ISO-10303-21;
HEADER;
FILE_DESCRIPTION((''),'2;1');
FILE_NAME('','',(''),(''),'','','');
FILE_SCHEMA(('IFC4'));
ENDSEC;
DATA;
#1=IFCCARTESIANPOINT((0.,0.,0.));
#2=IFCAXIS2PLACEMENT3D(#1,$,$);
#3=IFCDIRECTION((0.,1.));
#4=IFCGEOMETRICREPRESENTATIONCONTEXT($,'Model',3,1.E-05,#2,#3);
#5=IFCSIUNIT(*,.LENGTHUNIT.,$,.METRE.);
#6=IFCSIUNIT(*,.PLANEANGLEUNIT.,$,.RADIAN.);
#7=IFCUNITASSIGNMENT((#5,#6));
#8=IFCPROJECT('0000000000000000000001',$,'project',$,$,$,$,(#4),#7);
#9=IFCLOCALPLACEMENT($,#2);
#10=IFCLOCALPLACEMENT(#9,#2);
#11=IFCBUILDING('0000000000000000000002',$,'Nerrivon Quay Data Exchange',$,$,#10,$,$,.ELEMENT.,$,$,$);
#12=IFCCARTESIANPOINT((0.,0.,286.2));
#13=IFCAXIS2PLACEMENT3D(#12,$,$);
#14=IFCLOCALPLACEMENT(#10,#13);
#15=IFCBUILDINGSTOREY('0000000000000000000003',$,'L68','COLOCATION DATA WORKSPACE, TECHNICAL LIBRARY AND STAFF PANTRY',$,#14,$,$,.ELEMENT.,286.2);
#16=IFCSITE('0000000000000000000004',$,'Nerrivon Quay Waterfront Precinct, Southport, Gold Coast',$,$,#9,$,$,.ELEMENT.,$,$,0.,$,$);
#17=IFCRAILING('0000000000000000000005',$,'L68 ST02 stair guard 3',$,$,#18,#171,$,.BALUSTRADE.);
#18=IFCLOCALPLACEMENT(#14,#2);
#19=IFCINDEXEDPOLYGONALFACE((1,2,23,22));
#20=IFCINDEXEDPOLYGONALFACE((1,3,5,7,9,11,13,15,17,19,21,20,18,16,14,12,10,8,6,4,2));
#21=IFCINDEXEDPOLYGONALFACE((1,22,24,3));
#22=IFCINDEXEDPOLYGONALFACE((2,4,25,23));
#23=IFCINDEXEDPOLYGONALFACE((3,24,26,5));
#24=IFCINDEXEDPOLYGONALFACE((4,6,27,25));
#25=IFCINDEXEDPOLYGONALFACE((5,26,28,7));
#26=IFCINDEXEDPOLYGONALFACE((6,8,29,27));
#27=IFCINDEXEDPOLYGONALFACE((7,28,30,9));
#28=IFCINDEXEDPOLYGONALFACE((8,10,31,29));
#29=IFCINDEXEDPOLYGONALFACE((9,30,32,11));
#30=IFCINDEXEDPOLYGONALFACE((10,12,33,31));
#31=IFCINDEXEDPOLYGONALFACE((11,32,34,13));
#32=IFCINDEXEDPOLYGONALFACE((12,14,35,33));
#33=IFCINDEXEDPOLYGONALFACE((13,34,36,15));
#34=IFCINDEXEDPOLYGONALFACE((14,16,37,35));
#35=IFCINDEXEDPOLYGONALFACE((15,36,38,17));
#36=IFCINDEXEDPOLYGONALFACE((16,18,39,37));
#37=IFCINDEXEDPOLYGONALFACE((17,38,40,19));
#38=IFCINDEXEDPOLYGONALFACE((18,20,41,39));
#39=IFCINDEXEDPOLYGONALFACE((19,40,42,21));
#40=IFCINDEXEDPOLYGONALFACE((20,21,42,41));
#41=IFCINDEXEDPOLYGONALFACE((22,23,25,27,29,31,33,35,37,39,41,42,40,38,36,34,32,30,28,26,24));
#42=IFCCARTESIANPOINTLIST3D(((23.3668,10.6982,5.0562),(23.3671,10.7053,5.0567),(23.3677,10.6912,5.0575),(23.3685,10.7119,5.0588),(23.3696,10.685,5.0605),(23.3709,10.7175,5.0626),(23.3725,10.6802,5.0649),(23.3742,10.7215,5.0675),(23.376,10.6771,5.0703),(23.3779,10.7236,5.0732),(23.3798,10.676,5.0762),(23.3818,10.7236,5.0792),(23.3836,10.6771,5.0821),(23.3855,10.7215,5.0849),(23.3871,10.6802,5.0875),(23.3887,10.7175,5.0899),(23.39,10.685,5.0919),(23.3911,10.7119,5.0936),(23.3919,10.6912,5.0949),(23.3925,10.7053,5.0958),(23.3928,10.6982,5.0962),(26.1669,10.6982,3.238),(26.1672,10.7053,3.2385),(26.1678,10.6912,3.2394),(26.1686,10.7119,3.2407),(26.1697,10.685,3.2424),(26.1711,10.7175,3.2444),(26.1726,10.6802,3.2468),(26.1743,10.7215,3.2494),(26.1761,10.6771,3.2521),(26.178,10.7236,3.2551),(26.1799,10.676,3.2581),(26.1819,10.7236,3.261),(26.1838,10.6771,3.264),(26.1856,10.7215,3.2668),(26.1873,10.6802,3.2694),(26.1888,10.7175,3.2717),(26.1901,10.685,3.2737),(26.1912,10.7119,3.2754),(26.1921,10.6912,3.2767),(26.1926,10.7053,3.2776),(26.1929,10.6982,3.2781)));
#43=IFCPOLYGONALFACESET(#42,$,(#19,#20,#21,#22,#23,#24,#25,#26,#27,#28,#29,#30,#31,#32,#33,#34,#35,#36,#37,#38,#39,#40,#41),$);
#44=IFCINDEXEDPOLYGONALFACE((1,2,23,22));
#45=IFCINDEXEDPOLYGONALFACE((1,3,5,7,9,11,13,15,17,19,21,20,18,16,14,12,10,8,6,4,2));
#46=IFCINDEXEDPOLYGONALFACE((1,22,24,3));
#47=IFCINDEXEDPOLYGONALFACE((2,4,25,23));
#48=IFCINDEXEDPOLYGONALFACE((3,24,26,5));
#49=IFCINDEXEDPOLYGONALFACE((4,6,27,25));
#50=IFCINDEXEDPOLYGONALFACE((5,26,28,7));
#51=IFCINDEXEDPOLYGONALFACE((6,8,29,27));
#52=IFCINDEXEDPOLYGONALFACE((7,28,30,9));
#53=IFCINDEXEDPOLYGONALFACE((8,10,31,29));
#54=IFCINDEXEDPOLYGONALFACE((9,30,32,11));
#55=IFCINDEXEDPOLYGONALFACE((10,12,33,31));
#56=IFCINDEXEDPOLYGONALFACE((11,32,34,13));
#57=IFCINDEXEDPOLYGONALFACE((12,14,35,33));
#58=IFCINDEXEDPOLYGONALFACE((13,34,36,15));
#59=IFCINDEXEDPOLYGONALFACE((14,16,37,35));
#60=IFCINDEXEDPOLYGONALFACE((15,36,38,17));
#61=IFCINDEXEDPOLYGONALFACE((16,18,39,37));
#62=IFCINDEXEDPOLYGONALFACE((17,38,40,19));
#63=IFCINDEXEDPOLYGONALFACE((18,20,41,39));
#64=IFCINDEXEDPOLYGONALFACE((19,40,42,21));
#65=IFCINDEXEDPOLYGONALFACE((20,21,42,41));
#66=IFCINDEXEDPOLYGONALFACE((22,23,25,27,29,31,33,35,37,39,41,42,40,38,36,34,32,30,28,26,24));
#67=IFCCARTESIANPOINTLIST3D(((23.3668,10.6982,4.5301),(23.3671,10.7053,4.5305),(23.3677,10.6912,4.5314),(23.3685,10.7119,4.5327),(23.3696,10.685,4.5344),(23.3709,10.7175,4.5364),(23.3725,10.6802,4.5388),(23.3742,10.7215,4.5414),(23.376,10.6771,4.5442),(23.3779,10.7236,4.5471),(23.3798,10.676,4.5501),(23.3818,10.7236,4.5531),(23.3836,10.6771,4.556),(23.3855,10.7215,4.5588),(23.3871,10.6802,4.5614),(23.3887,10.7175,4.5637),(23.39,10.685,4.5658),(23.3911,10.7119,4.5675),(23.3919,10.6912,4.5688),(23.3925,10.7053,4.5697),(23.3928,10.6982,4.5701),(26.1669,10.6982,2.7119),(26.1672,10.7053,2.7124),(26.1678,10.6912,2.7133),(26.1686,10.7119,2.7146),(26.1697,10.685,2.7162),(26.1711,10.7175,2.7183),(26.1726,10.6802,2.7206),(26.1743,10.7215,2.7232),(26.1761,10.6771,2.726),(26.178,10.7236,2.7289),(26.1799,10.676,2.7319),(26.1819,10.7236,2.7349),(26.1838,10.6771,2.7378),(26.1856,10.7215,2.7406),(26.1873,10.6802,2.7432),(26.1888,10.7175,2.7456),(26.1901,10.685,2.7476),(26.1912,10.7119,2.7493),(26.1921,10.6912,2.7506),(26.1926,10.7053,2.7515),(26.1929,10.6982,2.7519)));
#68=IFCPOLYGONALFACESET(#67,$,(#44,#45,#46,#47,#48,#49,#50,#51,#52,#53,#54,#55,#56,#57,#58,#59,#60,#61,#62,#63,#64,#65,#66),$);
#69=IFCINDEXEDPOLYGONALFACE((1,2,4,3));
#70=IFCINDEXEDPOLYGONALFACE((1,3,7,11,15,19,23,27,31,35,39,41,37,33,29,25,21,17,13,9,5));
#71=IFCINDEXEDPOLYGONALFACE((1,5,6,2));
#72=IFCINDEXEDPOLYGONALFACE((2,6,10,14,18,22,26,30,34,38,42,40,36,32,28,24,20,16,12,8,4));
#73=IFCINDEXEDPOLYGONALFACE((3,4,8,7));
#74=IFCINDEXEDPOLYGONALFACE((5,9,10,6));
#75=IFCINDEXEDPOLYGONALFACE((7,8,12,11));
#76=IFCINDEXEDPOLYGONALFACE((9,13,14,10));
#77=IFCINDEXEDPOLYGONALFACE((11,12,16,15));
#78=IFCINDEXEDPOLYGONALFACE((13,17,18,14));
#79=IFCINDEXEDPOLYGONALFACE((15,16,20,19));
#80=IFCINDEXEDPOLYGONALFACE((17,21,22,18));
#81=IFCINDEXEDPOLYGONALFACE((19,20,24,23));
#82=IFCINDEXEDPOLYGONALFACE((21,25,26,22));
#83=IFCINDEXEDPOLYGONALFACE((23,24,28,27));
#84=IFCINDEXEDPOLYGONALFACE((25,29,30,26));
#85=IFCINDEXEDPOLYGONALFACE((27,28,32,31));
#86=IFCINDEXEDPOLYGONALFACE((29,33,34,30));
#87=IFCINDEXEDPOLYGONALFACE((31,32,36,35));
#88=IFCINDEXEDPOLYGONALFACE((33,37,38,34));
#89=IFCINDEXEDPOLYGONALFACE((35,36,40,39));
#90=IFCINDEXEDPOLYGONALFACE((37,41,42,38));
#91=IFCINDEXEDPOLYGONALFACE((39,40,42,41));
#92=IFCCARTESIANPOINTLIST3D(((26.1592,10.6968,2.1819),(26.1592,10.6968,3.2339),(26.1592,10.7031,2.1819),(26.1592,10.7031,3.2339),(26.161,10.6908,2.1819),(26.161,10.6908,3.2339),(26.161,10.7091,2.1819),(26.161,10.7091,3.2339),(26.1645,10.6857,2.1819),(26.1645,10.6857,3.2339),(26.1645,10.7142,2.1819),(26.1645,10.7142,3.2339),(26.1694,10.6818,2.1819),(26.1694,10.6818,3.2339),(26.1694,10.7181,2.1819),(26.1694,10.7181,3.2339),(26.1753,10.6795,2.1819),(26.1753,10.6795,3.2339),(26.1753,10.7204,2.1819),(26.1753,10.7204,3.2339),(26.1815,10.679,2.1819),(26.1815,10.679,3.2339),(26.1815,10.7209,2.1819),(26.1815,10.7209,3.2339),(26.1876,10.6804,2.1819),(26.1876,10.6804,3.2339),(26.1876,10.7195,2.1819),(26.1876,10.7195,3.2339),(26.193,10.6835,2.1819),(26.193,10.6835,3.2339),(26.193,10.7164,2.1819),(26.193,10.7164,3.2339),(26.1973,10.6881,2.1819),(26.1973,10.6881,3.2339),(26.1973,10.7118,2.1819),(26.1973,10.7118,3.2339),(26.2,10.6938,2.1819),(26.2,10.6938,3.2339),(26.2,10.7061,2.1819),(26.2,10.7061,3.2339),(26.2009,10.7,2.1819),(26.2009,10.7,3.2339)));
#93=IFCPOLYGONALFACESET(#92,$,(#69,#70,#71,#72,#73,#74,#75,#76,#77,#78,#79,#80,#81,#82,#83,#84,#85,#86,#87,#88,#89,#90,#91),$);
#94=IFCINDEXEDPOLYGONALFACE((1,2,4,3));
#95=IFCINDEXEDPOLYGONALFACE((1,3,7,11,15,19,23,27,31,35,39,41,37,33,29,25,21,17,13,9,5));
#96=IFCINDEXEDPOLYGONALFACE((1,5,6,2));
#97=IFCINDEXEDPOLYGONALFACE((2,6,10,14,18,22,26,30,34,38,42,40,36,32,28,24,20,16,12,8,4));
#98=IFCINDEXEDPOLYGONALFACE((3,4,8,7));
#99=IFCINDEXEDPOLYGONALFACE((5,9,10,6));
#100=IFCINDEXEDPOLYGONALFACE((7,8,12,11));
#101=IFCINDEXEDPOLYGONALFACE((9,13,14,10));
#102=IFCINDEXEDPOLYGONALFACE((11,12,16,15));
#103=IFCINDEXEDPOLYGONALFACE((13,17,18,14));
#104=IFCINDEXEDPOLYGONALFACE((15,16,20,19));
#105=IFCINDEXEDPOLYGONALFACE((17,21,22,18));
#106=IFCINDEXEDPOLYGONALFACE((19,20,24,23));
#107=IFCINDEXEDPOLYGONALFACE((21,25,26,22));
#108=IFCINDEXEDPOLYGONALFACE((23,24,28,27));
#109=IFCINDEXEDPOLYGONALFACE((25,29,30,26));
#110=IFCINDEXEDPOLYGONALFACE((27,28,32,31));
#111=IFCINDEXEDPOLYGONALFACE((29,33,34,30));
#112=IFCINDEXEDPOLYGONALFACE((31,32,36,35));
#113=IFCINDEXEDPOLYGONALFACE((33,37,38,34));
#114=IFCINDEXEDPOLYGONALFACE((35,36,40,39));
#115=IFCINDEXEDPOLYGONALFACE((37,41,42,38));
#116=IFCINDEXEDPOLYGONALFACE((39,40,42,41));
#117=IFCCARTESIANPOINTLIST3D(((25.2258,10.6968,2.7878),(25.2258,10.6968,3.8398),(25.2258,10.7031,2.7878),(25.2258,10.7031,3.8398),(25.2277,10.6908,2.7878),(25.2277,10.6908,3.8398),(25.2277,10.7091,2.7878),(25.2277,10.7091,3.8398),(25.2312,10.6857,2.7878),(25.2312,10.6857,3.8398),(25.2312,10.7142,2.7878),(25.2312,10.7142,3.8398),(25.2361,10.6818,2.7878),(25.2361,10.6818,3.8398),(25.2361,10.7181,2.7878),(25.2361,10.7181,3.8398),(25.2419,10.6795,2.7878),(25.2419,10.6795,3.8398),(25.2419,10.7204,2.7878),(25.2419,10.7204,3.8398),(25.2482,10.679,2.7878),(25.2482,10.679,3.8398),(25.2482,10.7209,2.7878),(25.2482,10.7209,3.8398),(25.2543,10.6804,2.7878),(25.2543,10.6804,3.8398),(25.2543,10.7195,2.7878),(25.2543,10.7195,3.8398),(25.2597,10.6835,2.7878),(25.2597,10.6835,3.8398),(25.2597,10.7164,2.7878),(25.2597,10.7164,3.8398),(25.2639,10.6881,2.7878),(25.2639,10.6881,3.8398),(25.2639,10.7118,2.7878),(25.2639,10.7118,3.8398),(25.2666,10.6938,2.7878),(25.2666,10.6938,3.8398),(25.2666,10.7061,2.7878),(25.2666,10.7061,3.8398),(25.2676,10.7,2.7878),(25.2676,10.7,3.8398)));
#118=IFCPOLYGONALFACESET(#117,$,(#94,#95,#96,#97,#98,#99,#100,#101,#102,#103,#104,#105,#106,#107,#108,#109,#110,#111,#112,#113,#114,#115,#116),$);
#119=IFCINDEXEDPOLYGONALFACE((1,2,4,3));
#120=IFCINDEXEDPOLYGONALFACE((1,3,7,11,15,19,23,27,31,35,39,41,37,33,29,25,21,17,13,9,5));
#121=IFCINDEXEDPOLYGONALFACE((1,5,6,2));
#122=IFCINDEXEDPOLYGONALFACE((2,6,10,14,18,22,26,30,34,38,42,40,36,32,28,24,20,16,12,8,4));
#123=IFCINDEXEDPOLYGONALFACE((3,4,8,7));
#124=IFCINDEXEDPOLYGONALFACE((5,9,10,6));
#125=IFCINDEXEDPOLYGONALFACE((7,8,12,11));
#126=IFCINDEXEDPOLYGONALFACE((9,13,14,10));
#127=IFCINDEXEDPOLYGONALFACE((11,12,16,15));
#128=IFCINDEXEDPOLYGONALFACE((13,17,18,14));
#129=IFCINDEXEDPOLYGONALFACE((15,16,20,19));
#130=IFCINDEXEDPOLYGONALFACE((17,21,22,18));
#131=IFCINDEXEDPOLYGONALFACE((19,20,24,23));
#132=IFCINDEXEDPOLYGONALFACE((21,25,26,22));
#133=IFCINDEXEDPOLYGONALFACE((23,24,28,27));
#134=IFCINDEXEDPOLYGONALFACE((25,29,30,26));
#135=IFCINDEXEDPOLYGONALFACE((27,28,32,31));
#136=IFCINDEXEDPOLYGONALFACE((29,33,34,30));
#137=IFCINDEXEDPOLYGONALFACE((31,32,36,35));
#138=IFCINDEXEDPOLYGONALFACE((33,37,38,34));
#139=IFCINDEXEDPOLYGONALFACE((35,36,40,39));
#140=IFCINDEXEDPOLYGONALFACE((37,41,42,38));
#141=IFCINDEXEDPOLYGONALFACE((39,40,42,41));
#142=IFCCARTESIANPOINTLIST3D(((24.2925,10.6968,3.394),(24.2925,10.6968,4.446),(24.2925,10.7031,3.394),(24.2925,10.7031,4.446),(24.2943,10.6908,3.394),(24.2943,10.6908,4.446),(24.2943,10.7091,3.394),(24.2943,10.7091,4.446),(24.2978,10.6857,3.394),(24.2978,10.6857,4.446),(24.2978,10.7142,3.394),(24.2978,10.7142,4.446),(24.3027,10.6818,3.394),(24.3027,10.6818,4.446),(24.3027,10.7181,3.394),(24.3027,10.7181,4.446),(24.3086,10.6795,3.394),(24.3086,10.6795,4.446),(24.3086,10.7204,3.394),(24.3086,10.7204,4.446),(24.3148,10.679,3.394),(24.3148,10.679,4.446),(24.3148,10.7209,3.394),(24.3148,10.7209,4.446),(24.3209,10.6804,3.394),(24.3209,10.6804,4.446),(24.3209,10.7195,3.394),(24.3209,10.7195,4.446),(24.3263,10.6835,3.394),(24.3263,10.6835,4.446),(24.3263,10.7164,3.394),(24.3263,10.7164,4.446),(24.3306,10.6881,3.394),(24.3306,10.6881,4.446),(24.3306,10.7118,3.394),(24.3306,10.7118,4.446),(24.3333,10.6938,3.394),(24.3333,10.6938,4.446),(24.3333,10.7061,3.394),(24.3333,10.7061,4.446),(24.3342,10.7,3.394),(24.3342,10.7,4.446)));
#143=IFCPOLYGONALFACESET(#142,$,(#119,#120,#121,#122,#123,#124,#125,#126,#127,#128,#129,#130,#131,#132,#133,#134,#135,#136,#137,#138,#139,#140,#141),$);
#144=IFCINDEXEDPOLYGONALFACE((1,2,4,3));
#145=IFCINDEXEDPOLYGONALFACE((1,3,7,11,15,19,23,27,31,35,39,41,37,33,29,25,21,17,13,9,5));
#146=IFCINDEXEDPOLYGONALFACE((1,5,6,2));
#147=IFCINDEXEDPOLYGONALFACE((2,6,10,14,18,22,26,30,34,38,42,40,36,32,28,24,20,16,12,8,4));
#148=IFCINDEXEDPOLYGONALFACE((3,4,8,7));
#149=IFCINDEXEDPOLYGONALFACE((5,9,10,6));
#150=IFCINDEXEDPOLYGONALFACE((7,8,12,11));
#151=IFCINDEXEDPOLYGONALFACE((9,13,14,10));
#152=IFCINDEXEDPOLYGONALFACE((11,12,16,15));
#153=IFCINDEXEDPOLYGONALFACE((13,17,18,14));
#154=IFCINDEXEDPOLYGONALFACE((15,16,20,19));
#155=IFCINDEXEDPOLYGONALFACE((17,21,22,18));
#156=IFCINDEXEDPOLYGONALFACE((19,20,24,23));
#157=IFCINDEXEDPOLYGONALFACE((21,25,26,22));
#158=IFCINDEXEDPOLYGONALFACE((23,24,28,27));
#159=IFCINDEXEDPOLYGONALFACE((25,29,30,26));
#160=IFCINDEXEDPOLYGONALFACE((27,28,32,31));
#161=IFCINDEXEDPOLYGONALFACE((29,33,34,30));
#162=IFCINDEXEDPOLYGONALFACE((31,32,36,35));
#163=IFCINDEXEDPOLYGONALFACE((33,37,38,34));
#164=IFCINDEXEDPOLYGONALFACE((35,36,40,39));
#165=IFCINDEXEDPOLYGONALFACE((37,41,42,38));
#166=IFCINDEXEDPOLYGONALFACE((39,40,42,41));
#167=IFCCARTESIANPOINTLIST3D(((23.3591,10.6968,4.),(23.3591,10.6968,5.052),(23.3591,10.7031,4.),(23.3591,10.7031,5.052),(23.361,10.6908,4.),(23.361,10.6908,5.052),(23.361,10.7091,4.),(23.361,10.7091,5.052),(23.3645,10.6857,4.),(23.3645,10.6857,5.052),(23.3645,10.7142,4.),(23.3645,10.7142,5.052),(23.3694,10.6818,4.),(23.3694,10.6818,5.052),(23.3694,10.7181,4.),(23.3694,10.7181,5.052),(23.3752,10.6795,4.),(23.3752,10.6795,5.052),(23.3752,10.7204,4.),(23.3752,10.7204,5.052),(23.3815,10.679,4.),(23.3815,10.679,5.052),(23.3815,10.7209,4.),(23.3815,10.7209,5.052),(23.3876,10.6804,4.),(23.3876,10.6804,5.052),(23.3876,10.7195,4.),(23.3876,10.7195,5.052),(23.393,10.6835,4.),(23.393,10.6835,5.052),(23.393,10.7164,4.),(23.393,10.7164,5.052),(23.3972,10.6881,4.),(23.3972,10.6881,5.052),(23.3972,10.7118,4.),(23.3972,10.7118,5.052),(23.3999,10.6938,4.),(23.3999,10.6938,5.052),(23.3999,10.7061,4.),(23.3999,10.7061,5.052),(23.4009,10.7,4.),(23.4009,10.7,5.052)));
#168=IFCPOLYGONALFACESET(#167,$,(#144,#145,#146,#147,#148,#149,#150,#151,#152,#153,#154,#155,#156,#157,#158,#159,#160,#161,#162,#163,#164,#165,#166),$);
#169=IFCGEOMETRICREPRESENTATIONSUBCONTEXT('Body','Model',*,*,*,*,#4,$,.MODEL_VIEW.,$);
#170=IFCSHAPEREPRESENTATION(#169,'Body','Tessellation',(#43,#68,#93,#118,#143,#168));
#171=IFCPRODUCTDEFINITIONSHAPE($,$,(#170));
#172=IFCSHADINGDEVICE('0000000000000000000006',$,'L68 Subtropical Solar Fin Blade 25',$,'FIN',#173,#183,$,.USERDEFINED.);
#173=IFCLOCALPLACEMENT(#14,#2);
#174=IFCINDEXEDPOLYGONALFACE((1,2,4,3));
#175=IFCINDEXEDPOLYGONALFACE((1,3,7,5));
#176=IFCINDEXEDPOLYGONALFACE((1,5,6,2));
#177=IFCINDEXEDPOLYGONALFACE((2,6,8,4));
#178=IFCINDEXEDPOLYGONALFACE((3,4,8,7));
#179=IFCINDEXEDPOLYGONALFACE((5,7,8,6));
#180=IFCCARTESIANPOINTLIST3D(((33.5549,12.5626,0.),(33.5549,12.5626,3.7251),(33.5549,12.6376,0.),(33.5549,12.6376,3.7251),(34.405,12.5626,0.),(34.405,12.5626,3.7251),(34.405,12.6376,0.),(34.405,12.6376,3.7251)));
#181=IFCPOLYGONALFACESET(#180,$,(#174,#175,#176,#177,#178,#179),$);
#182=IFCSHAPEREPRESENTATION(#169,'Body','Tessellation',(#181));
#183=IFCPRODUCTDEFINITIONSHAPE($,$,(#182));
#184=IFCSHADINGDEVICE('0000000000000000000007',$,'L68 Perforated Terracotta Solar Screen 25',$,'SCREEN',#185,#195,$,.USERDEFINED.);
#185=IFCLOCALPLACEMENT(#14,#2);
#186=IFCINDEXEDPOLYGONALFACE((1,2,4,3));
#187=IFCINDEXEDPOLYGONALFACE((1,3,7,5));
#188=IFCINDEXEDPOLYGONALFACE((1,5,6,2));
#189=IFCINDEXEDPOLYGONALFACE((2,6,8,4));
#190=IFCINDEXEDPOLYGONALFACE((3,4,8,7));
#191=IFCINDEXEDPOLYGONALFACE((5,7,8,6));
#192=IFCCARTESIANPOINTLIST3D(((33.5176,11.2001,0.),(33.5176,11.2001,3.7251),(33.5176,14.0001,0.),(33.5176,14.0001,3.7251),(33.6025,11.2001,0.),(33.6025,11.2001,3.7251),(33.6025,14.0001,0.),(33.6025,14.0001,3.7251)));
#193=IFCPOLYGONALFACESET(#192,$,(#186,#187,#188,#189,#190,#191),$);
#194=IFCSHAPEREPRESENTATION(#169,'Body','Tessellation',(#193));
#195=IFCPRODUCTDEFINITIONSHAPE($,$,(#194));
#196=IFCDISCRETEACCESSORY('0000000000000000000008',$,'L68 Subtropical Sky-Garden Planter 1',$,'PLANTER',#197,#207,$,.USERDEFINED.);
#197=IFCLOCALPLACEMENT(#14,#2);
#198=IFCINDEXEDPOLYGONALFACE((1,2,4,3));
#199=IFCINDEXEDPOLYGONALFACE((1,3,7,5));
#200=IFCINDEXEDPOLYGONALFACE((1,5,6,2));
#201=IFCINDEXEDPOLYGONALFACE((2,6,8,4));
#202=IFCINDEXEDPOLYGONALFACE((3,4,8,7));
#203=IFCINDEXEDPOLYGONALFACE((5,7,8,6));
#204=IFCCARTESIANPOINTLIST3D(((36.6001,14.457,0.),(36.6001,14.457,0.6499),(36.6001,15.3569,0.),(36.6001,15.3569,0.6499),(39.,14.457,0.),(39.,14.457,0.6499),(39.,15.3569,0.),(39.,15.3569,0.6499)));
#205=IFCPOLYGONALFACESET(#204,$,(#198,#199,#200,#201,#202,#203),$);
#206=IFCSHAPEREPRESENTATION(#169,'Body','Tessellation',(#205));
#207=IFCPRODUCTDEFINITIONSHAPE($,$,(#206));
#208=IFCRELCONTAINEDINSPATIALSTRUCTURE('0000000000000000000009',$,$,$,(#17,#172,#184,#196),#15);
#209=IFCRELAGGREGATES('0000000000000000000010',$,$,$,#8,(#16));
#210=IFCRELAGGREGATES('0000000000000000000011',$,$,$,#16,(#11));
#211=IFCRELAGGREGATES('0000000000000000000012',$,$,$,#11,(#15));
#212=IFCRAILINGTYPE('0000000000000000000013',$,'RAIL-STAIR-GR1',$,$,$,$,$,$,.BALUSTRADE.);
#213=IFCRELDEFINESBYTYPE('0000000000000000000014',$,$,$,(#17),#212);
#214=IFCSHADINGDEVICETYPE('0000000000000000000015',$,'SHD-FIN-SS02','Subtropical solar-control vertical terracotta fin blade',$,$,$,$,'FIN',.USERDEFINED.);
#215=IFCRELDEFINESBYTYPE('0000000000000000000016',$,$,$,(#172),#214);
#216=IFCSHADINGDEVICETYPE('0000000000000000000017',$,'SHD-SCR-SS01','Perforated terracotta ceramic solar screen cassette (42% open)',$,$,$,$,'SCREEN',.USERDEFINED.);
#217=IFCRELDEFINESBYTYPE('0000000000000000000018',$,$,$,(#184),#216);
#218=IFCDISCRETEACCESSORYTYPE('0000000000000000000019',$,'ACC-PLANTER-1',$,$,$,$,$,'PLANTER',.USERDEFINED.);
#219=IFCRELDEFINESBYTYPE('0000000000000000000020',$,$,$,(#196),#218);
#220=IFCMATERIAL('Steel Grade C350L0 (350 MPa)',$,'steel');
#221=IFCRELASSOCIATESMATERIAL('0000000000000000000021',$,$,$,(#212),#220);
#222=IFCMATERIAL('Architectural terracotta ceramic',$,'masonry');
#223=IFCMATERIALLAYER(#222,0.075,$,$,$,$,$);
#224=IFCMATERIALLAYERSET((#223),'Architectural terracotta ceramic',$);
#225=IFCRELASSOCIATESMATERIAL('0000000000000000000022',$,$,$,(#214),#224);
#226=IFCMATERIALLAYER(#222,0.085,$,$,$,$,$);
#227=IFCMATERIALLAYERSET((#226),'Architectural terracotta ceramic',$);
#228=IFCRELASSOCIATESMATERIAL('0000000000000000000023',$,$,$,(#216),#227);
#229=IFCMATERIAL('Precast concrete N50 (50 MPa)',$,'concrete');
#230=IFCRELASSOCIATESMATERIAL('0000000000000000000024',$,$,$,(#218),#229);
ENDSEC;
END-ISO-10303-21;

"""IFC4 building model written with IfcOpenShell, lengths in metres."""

from ifc_helpers import new_model, si_unit, direction, frame, origin, origin_2d, place, context, subcontext, project, spatial, rectangle, circle, extrude, material, layer, layer_set, type_object, element, save


model = new_model("IFC4")

# Units and contexts
model_context = context("Model", 3, precision=1e-05, world=origin(), true_north=direction((0.0, 1.0)))
body_context = subcontext(model_context, "Body", "Model", "MODEL_VIEW")
ifc_project = project(units=[si_unit("LENGTHUNIT", "METRE"), si_unit("PLANEANGLEUNIT", "RADIAN")], contexts=[model_context])

# Site, building, storey
site_placement = place(None, origin())
site = spatial("IfcSite", under=ifc_project, at=site_placement, Name="Nerrivon Quay Waterfront Precinct, Southport, Gold Coast", CompositionType="ELEMENT", RefElevation=0.0)
building_placement = place(site_placement, origin())
building = spatial("IfcBuilding", under=site, at=building_placement, Name="Nerrivon Quay Data Exchange", CompositionType="ELEMENT")
storey_placement = place(building_placement, frame((0.0, 0.0, 286.2)))
storey = spatial("IfcBuildingStorey", under=building, at=storey_placement, Name="L68", Description="COLOCATION DATA WORKSPACE, TECHNICAL LIBRARY AND STAFF PANTRY", CompositionType="ELEMENT", Elevation=286.2)

# Shared definitions
ifc_material_1 = material(Name="Steel Grade C350L0 (350 MPa)", Category="steel")

# Railing
railing_type_1 = type_object("IfcRailingType", Name="RAIL-STAIR-GR1", PredefinedType="BALUSTRADE", material=ifc_material_1)
railing_1_placement = place(storey_placement, frame((26.1799, 10.7, 2.1819)))
element("IfcRailing", 1, at=railing_1_placement, inside=storey, type_object=railing_type_1, Name="L68 ST02 stair guard 3", PredefinedType="BALUSTRADE", context=body_context, shape_type="SweptSolid", body=[
    extrude(circle(Radius=0.0239, at=origin_2d()), frame((0.0, 0.0, 1.0762), z_axis=(-0.838706, 0.0, 0.544585), x_axis=(0.0, -1.0, 0.0)), (0.0, 0.0, 1.0), 3.3386),
    extrude(circle(Radius=0.0239, at=origin_2d()), frame((0.0, 0.0, 0.55), z_axis=(-0.838706, 0.0, 0.544585), x_axis=(0.0, -1.0, 0.0)), (0.0, 0.0, 1.0), 3.3386),
    extrude(circle(Radius=0.021, at=origin_2d()), origin(), (0.0, 0.0, 1.0), 1.052),
    extrude(circle(Radius=0.021, at=origin_2d()), frame((-0.9333, 0.0, 0.606)), (0.0, 0.0, 1.0), 1.052),
    extrude(circle(Radius=0.021, at=origin_2d()), frame((-1.8667, 0.0, 1.2122)), (0.0, 0.0, 1.0), 1.052),
    extrude(circle(Radius=0.021, at=origin_2d()), frame((-2.8, 0.0, 1.8181)), (0.0, 0.0, 1.0), 1.052),
])

# Shading devices
ifc_material_2 = material(Name="Architectural terracotta ceramic", Category="masonry")
ifc_layer_1 = layer(ifc_material_2, 0.075)
ifc_layer_set_1 = layer_set([ifc_layer_1], Name="Architectural terracotta ceramic")
shading_device_type_1 = type_object("IfcShadingDeviceType", Name="SHD-FIN-SS02", Description="Subtropical solar-control vertical terracotta fin blade", ElementType="FIN", PredefinedType="USERDEFINED", material=ifc_layer_set_1)
shading_device_1_placement = place(storey_placement, frame((33.98, 12.6001, 0.0), z_axis=(0.0, 0.0, 1.0), x_axis=(0.0, -1.0, 0.0)))
element("IfcShadingDevice", 2, at=shading_device_1_placement, inside=storey, type_object=shading_device_type_1, Name="L68 Subtropical Solar Fin Blade 25", ObjectType="FIN", PredefinedType="USERDEFINED", context=body_context, shape_type="SweptSolid", body=[
    extrude(rectangle(XDim=0.075, YDim=0.8501, at=origin_2d()), origin(), (0.0, 0.0, 1.0), 3.7251),
])
ifc_layer_2 = layer(ifc_material_2, 0.085)
ifc_layer_set_2 = layer_set([ifc_layer_2], Name="Architectural terracotta ceramic")
shading_device_type_2 = type_object("IfcShadingDeviceType", Name="SHD-SCR-SS01", Description="Perforated terracotta ceramic solar screen cassette (42% open)", ElementType="SCREEN", PredefinedType="USERDEFINED", material=ifc_layer_set_2)
shading_device_2_placement = place(storey_placement, frame((33.5601, 12.6001, 0.0), z_axis=(0.0, 0.0, 1.0), x_axis=(0.0, -1.0, 0.0)))
element("IfcShadingDevice", 3, at=shading_device_2_placement, inside=storey, type_object=shading_device_type_2, Name="L68 Perforated Terracotta Solar Screen 25", ObjectType="SCREEN", PredefinedType="USERDEFINED", context=body_context, shape_type="SweptSolid", body=[
    extrude(rectangle(XDim=2.8, YDim=0.085, at=origin_2d()), origin(), (0.0, 0.0, 1.0), 3.7251),
])

# Discrete accessory
ifc_material_3 = material(Name="Precast concrete N50 (50 MPa)", Category="concrete")
discrete_accessory_type = type_object("IfcDiscreteAccessoryType", Name="ACC-PLANTER-1", ElementType="PLANTER", PredefinedType="USERDEFINED", material=ifc_material_3)
discrete_accessory_placement = place(storey_placement, frame((37.8, 14.907, 0.0), z_axis=(0.0, 0.0, 1.0), x_axis=(1.0, 0.0, 0.0)))
element("IfcDiscreteAccessory", 4, at=discrete_accessory_placement, inside=storey, type_object=discrete_accessory_type, Name="L68 Subtropical Sky-Garden Planter 1", ObjectType="PLANTER", PredefinedType="USERDEFINED", context=body_context, shape_type="SweptSolid", body=[
    extrude(rectangle(XDim=2.3999, YDim=0.8999, at=origin_2d()), origin(), (0.0, 0.0, 1.0), 0.6499),
])

save(model, "model.ifc")
